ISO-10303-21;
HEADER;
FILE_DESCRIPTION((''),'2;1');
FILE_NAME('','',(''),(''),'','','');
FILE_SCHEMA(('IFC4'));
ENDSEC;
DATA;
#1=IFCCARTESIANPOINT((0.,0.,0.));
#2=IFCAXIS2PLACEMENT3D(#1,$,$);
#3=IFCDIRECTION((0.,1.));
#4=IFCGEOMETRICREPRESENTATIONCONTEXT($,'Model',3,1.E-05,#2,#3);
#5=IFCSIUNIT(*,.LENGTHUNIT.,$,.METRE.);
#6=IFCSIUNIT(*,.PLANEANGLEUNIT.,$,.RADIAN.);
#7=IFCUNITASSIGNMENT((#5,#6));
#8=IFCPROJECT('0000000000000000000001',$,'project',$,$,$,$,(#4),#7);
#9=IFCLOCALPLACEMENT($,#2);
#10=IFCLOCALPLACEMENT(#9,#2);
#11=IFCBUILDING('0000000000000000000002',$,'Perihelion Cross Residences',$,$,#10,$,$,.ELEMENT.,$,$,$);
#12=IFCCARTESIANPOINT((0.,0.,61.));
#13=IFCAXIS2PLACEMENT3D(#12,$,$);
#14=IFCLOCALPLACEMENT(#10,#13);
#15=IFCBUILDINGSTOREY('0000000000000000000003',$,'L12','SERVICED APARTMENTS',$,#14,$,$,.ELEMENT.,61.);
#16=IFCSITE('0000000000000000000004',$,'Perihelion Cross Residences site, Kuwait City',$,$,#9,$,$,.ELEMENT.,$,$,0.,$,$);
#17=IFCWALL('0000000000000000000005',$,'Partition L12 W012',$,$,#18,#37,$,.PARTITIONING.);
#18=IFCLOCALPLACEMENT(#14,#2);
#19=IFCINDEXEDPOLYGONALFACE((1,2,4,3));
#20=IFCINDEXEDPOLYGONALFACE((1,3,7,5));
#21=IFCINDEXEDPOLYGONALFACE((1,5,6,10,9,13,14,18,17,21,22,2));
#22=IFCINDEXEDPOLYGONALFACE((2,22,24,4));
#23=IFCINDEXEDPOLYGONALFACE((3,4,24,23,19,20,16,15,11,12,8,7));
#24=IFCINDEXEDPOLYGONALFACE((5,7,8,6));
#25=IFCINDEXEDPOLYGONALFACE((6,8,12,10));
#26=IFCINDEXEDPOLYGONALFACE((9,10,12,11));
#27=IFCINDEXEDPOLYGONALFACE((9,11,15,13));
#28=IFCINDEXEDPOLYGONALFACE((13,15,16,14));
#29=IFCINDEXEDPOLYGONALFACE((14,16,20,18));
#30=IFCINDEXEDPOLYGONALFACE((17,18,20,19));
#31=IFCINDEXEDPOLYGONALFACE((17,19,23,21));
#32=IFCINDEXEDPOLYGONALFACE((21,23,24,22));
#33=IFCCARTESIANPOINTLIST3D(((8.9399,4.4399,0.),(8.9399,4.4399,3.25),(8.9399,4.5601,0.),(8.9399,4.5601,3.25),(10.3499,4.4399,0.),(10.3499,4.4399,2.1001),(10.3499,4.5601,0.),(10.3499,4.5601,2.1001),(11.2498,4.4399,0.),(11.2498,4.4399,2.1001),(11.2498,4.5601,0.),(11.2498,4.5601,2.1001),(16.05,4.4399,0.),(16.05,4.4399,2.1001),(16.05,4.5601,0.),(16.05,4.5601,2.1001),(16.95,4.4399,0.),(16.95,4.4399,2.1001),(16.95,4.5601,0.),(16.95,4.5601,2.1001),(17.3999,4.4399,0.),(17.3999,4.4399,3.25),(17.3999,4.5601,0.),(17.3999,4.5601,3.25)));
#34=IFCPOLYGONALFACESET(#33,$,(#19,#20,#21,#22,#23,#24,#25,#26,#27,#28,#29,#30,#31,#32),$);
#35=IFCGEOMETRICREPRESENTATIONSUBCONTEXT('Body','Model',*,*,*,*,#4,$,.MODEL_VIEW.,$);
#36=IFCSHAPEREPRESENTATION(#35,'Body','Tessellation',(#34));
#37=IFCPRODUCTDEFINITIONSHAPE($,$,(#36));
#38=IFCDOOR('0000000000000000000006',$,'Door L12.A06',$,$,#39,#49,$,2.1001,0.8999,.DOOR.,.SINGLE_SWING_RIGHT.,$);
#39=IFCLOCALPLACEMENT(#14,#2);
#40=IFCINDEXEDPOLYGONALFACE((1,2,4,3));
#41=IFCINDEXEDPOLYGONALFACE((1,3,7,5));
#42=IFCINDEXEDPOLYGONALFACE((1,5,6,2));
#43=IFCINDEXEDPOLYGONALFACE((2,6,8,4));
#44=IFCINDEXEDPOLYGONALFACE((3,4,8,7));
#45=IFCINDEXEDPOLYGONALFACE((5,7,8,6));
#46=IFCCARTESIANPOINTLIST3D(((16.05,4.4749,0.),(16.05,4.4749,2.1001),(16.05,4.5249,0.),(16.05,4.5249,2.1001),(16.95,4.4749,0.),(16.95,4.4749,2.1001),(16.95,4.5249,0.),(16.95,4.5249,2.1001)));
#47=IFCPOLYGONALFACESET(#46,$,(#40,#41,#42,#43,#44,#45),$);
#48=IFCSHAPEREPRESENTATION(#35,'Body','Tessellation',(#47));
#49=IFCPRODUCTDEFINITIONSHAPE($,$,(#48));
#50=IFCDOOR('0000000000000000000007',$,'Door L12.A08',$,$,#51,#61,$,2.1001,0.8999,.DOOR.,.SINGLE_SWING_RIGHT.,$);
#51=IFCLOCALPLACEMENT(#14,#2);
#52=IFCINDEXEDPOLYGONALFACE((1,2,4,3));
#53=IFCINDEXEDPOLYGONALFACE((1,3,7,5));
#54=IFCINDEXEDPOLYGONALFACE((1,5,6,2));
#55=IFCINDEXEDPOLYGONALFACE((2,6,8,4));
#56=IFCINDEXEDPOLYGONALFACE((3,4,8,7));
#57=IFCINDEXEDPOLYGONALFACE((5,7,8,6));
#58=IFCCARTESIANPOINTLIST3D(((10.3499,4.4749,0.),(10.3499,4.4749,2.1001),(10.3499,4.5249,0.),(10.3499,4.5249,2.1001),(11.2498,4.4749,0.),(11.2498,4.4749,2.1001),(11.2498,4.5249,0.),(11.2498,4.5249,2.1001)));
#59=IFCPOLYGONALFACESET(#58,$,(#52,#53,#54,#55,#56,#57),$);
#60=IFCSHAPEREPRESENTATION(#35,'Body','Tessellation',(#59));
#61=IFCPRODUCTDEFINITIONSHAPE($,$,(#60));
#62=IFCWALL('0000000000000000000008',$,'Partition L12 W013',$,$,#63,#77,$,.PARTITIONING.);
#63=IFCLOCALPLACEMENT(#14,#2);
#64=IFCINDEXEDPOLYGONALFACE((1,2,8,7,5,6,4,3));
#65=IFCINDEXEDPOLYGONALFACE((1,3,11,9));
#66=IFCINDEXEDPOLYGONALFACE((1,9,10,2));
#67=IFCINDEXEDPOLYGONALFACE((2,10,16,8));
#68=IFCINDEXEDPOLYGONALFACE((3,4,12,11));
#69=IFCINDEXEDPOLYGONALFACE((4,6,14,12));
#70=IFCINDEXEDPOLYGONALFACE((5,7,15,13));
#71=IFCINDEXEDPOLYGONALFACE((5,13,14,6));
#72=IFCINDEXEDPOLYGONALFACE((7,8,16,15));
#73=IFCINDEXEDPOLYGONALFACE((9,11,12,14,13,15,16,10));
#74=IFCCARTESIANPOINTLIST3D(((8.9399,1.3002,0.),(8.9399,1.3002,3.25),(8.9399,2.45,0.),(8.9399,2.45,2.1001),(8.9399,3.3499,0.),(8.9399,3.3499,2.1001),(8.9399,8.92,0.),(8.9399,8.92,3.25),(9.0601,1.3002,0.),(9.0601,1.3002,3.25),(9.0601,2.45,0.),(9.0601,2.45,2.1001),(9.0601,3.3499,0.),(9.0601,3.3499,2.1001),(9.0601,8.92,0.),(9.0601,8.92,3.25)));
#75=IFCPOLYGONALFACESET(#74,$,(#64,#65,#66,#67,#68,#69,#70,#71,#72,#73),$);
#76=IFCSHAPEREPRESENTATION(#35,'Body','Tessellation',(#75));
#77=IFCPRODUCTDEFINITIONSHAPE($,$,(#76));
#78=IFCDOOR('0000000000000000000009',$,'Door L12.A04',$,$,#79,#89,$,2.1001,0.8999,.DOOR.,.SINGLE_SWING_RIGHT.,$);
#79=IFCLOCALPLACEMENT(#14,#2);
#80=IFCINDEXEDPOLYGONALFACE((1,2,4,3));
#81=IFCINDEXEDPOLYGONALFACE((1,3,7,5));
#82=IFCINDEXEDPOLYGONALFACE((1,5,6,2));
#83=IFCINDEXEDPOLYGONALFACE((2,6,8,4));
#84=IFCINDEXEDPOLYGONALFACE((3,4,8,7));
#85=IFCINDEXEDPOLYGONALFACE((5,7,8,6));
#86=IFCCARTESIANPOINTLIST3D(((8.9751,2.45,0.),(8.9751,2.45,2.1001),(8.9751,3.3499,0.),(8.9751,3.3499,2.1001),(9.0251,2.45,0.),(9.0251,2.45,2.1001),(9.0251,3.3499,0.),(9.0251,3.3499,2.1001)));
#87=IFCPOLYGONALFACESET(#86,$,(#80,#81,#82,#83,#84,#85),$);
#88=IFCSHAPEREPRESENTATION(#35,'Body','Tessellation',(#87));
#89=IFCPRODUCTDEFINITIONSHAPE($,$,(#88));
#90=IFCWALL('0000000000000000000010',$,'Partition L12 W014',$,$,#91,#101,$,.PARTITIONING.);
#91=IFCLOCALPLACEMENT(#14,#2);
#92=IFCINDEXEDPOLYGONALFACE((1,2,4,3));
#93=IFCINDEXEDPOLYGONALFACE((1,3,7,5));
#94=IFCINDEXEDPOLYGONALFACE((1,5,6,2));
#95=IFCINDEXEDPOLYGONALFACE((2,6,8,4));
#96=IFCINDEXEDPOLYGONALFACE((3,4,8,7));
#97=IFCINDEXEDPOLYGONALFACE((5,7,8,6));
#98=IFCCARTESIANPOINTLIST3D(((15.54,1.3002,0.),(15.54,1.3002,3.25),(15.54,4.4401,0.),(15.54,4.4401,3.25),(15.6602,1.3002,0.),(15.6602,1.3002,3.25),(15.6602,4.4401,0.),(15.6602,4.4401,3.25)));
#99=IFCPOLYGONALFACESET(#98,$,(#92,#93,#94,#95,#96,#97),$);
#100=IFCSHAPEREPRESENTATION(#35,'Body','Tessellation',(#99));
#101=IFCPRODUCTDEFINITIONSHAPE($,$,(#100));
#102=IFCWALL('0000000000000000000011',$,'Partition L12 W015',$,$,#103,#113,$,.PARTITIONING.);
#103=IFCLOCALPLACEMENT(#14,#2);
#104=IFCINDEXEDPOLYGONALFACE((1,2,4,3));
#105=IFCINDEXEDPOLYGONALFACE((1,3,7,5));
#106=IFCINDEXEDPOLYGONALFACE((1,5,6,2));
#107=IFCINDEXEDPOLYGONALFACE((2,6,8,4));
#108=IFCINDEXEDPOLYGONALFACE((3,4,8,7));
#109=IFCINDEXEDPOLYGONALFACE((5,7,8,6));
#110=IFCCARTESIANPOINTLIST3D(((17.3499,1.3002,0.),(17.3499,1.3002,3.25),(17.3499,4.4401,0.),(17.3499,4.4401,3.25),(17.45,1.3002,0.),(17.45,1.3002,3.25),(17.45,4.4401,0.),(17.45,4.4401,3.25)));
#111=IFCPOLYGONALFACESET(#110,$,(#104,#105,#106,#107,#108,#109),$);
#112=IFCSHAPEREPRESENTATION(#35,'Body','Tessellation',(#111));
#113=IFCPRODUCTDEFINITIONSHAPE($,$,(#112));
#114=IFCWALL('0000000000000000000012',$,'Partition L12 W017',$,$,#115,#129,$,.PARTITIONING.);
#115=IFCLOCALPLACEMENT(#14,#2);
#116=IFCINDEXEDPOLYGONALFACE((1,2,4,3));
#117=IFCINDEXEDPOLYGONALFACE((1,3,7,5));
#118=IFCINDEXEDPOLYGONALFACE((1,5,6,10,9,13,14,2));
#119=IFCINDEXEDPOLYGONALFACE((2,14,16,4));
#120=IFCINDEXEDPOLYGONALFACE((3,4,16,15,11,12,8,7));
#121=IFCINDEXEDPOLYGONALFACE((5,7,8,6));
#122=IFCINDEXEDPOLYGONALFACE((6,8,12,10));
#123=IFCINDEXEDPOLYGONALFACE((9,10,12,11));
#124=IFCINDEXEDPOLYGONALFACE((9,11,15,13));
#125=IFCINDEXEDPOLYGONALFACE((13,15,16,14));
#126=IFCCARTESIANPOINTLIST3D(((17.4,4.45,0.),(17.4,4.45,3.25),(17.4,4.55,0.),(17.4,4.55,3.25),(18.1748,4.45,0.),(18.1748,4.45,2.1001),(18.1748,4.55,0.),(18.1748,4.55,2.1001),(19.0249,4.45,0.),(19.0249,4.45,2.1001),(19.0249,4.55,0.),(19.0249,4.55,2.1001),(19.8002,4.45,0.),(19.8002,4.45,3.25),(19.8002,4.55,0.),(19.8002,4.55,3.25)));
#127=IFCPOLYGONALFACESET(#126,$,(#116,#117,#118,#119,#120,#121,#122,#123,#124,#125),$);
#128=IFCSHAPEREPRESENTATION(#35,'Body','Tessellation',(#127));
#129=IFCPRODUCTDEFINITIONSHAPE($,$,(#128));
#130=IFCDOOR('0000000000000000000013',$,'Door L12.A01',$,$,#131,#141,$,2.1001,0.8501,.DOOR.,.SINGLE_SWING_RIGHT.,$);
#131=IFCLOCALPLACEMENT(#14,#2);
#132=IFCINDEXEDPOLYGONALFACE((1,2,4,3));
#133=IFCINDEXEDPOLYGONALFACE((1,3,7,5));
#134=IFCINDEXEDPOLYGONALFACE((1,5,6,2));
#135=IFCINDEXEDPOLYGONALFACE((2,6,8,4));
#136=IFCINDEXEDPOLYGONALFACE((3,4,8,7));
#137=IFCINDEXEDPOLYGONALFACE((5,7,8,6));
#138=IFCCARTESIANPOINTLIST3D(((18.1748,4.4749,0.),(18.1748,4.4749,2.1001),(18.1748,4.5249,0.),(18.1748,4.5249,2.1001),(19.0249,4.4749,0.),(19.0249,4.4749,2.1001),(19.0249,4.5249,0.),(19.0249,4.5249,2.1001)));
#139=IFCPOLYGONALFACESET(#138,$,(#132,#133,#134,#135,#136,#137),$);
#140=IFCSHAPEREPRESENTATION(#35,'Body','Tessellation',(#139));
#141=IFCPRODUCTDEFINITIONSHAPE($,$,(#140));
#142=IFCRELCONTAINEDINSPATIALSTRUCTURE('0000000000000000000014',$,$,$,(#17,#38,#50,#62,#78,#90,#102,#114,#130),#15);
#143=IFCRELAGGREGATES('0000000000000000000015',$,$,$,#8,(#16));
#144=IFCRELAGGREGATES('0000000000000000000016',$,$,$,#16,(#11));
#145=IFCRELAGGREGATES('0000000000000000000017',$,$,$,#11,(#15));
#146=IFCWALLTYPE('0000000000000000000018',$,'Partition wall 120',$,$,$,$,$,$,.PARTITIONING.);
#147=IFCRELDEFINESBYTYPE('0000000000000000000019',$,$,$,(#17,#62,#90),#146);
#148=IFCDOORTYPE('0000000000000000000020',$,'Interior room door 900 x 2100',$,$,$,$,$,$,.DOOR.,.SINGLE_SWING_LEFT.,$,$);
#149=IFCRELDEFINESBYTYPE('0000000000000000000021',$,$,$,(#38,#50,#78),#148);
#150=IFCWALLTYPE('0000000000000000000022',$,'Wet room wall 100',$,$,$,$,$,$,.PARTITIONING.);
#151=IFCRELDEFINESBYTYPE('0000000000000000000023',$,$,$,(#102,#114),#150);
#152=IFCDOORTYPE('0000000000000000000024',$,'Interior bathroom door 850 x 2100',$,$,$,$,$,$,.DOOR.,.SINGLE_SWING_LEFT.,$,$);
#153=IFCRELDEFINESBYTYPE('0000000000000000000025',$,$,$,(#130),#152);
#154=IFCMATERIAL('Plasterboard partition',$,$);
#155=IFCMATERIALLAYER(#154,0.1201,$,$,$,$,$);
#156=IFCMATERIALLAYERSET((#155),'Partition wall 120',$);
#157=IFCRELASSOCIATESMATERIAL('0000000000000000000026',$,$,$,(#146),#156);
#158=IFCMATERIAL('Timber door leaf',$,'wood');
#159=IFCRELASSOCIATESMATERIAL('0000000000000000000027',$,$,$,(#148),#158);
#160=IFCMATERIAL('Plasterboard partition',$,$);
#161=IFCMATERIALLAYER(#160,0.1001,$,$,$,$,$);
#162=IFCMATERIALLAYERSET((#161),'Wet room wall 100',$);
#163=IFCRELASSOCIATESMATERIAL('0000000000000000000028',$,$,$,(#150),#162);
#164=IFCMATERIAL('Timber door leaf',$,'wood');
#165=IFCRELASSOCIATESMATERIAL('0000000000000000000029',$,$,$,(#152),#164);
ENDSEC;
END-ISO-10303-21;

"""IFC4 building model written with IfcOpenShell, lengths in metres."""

from ifc_helpers import new_model, si_unit, direction, frame, frame_2d, origin, place, context, subcontext, project, spatial, rectangle, extrude, material, layer, layer_set, type_object, element, fill, save


model = new_model("IFC4")

# Units and contexts
model_context = context("Model", 3, precision=1e-05, world=origin(), true_north=direction((0.0, 1.0)))
body_context = subcontext(model_context, "Body", "Model", "MODEL_VIEW")
ifc_project = project(units=[si_unit("LENGTHUNIT", "METRE"), si_unit("PLANEANGLEUNIT", "RADIAN")], contexts=[model_context])

# Site, building, storey
site_placement = place(None, origin())
site = spatial("IfcSite", under=ifc_project, at=site_placement, Name="Perihelion Cross Residences site, Kuwait City", CompositionType="ELEMENT", RefElevation=0.0)
building_placement = place(site_placement, origin())
building = spatial("IfcBuilding", under=site, at=building_placement, Name="Perihelion Cross Residences", CompositionType="ELEMENT")
storey_placement = place(building_placement, frame((0.0, 0.0, 61.0)))
storey = spatial("IfcBuildingStorey", under=building, at=storey_placement, Name="L12", Description="SERVICED APARTMENTS", CompositionType="ELEMENT", Elevation=61.0)

# Shared definitions
ifc_material_1 = material(Name="Plasterboard partition")
ifc_layer_1 = layer(ifc_material_1, 0.1201)
ifc_layer_set_1 = layer_set([ifc_layer_1], Name="Partition wall 120")
wall_type_1 = type_object("IfcWallType", Name="Partition wall 120", PredefinedType="PARTITIONING", material=ifc_layer_set_1)
ifc_material_2 = material(Name="Timber door leaf", Category="wood")
door_type_1 = type_object("IfcDoorType", Name="Interior room door 900 x 2100", OperationType="SINGLE_SWING_LEFT", PredefinedType="DOOR", material=ifc_material_2)

# Wall, openings, doors
wall_1_placement = place(storey_placement, frame((8.9399, 4.5, 0.0), z_axis=(0.0, 0.0, 1.0), x_axis=(1.0, 0.0, 0.0)))
wall_1 = element("IfcWall", 1, at=wall_1_placement, inside=storey, type_object=wall_type_1, Name="Partition L12 W012", PredefinedType="PARTITIONING", context=body_context, shape_type="SweptSolid", body=[
    extrude(rectangle(XDim=8.46, YDim=0.1201, at=frame_2d((4.23, 0.0))), origin(), (0.0, 0.0, 1.0), 3.25),
])
opening_1_placement = place(wall_1_placement, frame((7.1101, 0.0, 0.0)))
opening_1 = element("IfcOpeningElement", 2, at=opening_1_placement, cuts=wall_1, PredefinedType="OPENING", context=body_context, shape_type="SweptSolid", body=[
    extrude(rectangle(XDim=0.8999, YDim=2.1001, at=frame_2d((0.45, 1.05))), frame((0.0, 0.0701, 0.0), z_axis=(0.0, -1.0, 0.0), x_axis=(1.0, 0.0, 0.0)), (0.0, 0.0, 1.0), 0.1401),
])
opening_2_placement = place(wall_1_placement, frame((1.4099, 0.0, 0.0)))
opening_2 = element("IfcOpeningElement", 3, at=opening_2_placement, cuts=wall_1, PredefinedType="OPENING", context=body_context, shape_type="SweptSolid", body=[
    extrude(rectangle(XDim=0.8999, YDim=2.1001, at=frame_2d((0.45, 1.05))), frame((0.0, 0.0701, 0.0), z_axis=(0.0, -1.0, 0.0), x_axis=(1.0, 0.0, 0.0)), (0.0, 0.0, 1.0), 0.1401),
])
door_1_placement = place(opening_1_placement, origin())
door_1 = element("IfcDoor", 4, at=door_1_placement, inside=storey, type_object=door_type_1, Name="Door L12.A06", OperationType="SINGLE_SWING_RIGHT", OverallHeight=2.1001, OverallWidth=0.8999, PredefinedType="DOOR", context=body_context, shape_type="SweptSolid", body=[
    extrude(rectangle(XDim=0.8999, YDim=2.1001, at=frame_2d((0.45, 1.05))), frame((0.0, 0.0249, 0.0), z_axis=(0.0, -1.0, 0.0), x_axis=(1.0, 0.0, 0.0)), (0.0, 0.0, 1.0), 0.05),
])
fill(opening_1, door_1)
door_2_placement = place(opening_2_placement, origin())
door_2 = element("IfcDoor", 5, at=door_2_placement, inside=storey, type_object=door_type_1, Name="Door L12.A08", OperationType="SINGLE_SWING_RIGHT", OverallHeight=2.1001, OverallWidth=0.8999, PredefinedType="DOOR", context=body_context, shape_type="SweptSolid", body=[
    extrude(rectangle(XDim=0.8999, YDim=2.1001, at=frame_2d((0.45, 1.05))), frame((0.0, 0.0249, 0.0), z_axis=(0.0, -1.0, 0.0), x_axis=(1.0, 0.0, 0.0)), (0.0, 0.0, 1.0), 0.05),
])
fill(opening_2, door_2)

# Wall, opening, door
wall_2_placement = place(storey_placement, frame((9.0, 1.3, 0.0), z_axis=(0.0, 0.0, 1.0), x_axis=(0.0, 1.0, 0.0)))
wall_2 = element("IfcWall", 6, at=wall_2_placement, inside=storey, type_object=wall_type_1, Name="Partition L12 W013", PredefinedType="PARTITIONING", context=body_context, shape_type="SweptSolid", body=[
    extrude(rectangle(XDim=7.6199, YDim=0.1201, at=frame_2d((3.8101, 0.0))), origin(), (0.0, 0.0, 1.0), 3.25),
])
opening_3_placement = place(wall_2_placement, frame((1.1499, 0.0, 0.0)))
opening_3 = element("IfcOpeningElement", 7, at=opening_3_placement, cuts=wall_2, PredefinedType="OPENING", context=body_context, shape_type="SweptSolid", body=[
    extrude(rectangle(XDim=0.8999, YDim=2.1001, at=frame_2d((0.45, 1.05))), frame((0.0, 0.0701, 0.0), z_axis=(0.0, -1.0, 0.0), x_axis=(1.0, 0.0, 0.0)), (0.0, 0.0, 1.0), 0.1401),
])
door_3_placement = place(opening_3_placement, origin())
door_3 = element("IfcDoor", 8, at=door_3_placement, inside=storey, type_object=door_type_1, Name="Door L12.A04", OperationType="SINGLE_SWING_RIGHT", OverallHeight=2.1001, OverallWidth=0.8999, PredefinedType="DOOR", context=body_context, shape_type="SweptSolid", body=[
    extrude(rectangle(XDim=0.8999, YDim=2.1001, at=frame_2d((0.45, 1.05))), frame((0.0, 0.0249, 0.0), z_axis=(0.0, -1.0, 0.0), x_axis=(1.0, 0.0, 0.0)), (0.0, 0.0, 1.0), 0.05),
])
fill(opening_3, door_3)

# Walls
wall_3_placement = place(storey_placement, frame((15.6001, 4.4399, 0.0), z_axis=(0.0, 0.0, 1.0), x_axis=(0.0, -1.0, 0.0)))
element("IfcWall", 9, at=wall_3_placement, inside=storey, type_object=wall_type_1, Name="Partition L12 W014", PredefinedType="PARTITIONING", context=body_context, shape_type="SweptSolid", body=[
    extrude(rectangle(XDim=3.1399, YDim=0.1201, at=frame_2d((1.5698, 0.0))), origin(), (0.0, 0.0, 1.0), 3.25),
])
ifc_material_3 = material(Name="Plasterboard partition")
ifc_layer_2 = layer(ifc_material_3, 0.1001)
ifc_layer_set_2 = layer_set([ifc_layer_2], Name="Wet room wall 100")
wall_type_2 = type_object("IfcWallType", Name="Wet room wall 100", PredefinedType="PARTITIONING", material=ifc_layer_set_2)
wall_4_placement = place(storey_placement, frame((17.3999, 4.4399, 0.0), z_axis=(0.0, 0.0, 1.0), x_axis=(0.0, -1.0, 0.0)))
element("IfcWall", 10, at=wall_4_placement, inside=storey, type_object=wall_type_2, Name="Partition L12 W015", PredefinedType="PARTITIONING", context=body_context, shape_type="SweptSolid", body=[
    extrude(rectangle(XDim=3.1399, YDim=0.1001, at=frame_2d((1.5698, 0.0))), origin(), (0.0, 0.0, 1.0), 3.25),
])

# Wall, opening, door
wall_5_placement = place(storey_placement, frame((17.3999, 4.5, 0.0), z_axis=(0.0, 0.0, 1.0), x_axis=(1.0, 0.0, 0.0)))
wall_5 = element("IfcWall", 11, at=wall_5_placement, inside=storey, type_object=wall_type_2, Name="Partition L12 W017", PredefinedType="PARTITIONING", context=body_context, shape_type="SweptSolid", body=[
    extrude(rectangle(XDim=2.4001, YDim=0.1001, at=frame_2d((1.2002, 0.0))), origin(), (0.0, 0.0, 1.0), 3.25),
])
opening_4_placement = place(wall_5_placement, frame((0.7749, 0.0, 0.0)))
opening_4 = element("IfcOpeningElement", 12, at=opening_4_placement, cuts=wall_5, PredefinedType="OPENING", context=body_context, shape_type="SweptSolid", body=[
    extrude(rectangle(XDim=0.8501, YDim=2.1001, at=frame_2d((0.425, 1.05))), frame((0.0, 0.0601, 0.0), z_axis=(0.0, -1.0, 0.0), x_axis=(1.0, 0.0, 0.0)), (0.0, 0.0, 1.0), 0.1201),
])
ifc_material_4 = material(Name="Timber door leaf", Category="wood")
door_type_2 = type_object("IfcDoorType", Name="Interior bathroom door 850 x 2100", OperationType="SINGLE_SWING_LEFT", PredefinedType="DOOR", material=ifc_material_4)
door_4_placement = place(opening_4_placement, origin())
door_4 = element("IfcDoor", 13, at=door_4_placement, inside=storey, type_object=door_type_2, Name="Door L12.A01", OperationType="SINGLE_SWING_RIGHT", OverallHeight=2.1001, OverallWidth=0.8501, PredefinedType="DOOR", context=body_context, shape_type="SweptSolid", body=[
    extrude(rectangle(XDim=0.8501, YDim=2.1001, at=frame_2d((0.425, 1.05))), frame((0.0, 0.0249, 0.0), z_axis=(0.0, -1.0, 0.0), x_axis=(1.0, 0.0, 0.0)), (0.0, 0.0, 1.0), 0.05),
])
fill(opening_4, door_4)

save(model, "model.ifc")
